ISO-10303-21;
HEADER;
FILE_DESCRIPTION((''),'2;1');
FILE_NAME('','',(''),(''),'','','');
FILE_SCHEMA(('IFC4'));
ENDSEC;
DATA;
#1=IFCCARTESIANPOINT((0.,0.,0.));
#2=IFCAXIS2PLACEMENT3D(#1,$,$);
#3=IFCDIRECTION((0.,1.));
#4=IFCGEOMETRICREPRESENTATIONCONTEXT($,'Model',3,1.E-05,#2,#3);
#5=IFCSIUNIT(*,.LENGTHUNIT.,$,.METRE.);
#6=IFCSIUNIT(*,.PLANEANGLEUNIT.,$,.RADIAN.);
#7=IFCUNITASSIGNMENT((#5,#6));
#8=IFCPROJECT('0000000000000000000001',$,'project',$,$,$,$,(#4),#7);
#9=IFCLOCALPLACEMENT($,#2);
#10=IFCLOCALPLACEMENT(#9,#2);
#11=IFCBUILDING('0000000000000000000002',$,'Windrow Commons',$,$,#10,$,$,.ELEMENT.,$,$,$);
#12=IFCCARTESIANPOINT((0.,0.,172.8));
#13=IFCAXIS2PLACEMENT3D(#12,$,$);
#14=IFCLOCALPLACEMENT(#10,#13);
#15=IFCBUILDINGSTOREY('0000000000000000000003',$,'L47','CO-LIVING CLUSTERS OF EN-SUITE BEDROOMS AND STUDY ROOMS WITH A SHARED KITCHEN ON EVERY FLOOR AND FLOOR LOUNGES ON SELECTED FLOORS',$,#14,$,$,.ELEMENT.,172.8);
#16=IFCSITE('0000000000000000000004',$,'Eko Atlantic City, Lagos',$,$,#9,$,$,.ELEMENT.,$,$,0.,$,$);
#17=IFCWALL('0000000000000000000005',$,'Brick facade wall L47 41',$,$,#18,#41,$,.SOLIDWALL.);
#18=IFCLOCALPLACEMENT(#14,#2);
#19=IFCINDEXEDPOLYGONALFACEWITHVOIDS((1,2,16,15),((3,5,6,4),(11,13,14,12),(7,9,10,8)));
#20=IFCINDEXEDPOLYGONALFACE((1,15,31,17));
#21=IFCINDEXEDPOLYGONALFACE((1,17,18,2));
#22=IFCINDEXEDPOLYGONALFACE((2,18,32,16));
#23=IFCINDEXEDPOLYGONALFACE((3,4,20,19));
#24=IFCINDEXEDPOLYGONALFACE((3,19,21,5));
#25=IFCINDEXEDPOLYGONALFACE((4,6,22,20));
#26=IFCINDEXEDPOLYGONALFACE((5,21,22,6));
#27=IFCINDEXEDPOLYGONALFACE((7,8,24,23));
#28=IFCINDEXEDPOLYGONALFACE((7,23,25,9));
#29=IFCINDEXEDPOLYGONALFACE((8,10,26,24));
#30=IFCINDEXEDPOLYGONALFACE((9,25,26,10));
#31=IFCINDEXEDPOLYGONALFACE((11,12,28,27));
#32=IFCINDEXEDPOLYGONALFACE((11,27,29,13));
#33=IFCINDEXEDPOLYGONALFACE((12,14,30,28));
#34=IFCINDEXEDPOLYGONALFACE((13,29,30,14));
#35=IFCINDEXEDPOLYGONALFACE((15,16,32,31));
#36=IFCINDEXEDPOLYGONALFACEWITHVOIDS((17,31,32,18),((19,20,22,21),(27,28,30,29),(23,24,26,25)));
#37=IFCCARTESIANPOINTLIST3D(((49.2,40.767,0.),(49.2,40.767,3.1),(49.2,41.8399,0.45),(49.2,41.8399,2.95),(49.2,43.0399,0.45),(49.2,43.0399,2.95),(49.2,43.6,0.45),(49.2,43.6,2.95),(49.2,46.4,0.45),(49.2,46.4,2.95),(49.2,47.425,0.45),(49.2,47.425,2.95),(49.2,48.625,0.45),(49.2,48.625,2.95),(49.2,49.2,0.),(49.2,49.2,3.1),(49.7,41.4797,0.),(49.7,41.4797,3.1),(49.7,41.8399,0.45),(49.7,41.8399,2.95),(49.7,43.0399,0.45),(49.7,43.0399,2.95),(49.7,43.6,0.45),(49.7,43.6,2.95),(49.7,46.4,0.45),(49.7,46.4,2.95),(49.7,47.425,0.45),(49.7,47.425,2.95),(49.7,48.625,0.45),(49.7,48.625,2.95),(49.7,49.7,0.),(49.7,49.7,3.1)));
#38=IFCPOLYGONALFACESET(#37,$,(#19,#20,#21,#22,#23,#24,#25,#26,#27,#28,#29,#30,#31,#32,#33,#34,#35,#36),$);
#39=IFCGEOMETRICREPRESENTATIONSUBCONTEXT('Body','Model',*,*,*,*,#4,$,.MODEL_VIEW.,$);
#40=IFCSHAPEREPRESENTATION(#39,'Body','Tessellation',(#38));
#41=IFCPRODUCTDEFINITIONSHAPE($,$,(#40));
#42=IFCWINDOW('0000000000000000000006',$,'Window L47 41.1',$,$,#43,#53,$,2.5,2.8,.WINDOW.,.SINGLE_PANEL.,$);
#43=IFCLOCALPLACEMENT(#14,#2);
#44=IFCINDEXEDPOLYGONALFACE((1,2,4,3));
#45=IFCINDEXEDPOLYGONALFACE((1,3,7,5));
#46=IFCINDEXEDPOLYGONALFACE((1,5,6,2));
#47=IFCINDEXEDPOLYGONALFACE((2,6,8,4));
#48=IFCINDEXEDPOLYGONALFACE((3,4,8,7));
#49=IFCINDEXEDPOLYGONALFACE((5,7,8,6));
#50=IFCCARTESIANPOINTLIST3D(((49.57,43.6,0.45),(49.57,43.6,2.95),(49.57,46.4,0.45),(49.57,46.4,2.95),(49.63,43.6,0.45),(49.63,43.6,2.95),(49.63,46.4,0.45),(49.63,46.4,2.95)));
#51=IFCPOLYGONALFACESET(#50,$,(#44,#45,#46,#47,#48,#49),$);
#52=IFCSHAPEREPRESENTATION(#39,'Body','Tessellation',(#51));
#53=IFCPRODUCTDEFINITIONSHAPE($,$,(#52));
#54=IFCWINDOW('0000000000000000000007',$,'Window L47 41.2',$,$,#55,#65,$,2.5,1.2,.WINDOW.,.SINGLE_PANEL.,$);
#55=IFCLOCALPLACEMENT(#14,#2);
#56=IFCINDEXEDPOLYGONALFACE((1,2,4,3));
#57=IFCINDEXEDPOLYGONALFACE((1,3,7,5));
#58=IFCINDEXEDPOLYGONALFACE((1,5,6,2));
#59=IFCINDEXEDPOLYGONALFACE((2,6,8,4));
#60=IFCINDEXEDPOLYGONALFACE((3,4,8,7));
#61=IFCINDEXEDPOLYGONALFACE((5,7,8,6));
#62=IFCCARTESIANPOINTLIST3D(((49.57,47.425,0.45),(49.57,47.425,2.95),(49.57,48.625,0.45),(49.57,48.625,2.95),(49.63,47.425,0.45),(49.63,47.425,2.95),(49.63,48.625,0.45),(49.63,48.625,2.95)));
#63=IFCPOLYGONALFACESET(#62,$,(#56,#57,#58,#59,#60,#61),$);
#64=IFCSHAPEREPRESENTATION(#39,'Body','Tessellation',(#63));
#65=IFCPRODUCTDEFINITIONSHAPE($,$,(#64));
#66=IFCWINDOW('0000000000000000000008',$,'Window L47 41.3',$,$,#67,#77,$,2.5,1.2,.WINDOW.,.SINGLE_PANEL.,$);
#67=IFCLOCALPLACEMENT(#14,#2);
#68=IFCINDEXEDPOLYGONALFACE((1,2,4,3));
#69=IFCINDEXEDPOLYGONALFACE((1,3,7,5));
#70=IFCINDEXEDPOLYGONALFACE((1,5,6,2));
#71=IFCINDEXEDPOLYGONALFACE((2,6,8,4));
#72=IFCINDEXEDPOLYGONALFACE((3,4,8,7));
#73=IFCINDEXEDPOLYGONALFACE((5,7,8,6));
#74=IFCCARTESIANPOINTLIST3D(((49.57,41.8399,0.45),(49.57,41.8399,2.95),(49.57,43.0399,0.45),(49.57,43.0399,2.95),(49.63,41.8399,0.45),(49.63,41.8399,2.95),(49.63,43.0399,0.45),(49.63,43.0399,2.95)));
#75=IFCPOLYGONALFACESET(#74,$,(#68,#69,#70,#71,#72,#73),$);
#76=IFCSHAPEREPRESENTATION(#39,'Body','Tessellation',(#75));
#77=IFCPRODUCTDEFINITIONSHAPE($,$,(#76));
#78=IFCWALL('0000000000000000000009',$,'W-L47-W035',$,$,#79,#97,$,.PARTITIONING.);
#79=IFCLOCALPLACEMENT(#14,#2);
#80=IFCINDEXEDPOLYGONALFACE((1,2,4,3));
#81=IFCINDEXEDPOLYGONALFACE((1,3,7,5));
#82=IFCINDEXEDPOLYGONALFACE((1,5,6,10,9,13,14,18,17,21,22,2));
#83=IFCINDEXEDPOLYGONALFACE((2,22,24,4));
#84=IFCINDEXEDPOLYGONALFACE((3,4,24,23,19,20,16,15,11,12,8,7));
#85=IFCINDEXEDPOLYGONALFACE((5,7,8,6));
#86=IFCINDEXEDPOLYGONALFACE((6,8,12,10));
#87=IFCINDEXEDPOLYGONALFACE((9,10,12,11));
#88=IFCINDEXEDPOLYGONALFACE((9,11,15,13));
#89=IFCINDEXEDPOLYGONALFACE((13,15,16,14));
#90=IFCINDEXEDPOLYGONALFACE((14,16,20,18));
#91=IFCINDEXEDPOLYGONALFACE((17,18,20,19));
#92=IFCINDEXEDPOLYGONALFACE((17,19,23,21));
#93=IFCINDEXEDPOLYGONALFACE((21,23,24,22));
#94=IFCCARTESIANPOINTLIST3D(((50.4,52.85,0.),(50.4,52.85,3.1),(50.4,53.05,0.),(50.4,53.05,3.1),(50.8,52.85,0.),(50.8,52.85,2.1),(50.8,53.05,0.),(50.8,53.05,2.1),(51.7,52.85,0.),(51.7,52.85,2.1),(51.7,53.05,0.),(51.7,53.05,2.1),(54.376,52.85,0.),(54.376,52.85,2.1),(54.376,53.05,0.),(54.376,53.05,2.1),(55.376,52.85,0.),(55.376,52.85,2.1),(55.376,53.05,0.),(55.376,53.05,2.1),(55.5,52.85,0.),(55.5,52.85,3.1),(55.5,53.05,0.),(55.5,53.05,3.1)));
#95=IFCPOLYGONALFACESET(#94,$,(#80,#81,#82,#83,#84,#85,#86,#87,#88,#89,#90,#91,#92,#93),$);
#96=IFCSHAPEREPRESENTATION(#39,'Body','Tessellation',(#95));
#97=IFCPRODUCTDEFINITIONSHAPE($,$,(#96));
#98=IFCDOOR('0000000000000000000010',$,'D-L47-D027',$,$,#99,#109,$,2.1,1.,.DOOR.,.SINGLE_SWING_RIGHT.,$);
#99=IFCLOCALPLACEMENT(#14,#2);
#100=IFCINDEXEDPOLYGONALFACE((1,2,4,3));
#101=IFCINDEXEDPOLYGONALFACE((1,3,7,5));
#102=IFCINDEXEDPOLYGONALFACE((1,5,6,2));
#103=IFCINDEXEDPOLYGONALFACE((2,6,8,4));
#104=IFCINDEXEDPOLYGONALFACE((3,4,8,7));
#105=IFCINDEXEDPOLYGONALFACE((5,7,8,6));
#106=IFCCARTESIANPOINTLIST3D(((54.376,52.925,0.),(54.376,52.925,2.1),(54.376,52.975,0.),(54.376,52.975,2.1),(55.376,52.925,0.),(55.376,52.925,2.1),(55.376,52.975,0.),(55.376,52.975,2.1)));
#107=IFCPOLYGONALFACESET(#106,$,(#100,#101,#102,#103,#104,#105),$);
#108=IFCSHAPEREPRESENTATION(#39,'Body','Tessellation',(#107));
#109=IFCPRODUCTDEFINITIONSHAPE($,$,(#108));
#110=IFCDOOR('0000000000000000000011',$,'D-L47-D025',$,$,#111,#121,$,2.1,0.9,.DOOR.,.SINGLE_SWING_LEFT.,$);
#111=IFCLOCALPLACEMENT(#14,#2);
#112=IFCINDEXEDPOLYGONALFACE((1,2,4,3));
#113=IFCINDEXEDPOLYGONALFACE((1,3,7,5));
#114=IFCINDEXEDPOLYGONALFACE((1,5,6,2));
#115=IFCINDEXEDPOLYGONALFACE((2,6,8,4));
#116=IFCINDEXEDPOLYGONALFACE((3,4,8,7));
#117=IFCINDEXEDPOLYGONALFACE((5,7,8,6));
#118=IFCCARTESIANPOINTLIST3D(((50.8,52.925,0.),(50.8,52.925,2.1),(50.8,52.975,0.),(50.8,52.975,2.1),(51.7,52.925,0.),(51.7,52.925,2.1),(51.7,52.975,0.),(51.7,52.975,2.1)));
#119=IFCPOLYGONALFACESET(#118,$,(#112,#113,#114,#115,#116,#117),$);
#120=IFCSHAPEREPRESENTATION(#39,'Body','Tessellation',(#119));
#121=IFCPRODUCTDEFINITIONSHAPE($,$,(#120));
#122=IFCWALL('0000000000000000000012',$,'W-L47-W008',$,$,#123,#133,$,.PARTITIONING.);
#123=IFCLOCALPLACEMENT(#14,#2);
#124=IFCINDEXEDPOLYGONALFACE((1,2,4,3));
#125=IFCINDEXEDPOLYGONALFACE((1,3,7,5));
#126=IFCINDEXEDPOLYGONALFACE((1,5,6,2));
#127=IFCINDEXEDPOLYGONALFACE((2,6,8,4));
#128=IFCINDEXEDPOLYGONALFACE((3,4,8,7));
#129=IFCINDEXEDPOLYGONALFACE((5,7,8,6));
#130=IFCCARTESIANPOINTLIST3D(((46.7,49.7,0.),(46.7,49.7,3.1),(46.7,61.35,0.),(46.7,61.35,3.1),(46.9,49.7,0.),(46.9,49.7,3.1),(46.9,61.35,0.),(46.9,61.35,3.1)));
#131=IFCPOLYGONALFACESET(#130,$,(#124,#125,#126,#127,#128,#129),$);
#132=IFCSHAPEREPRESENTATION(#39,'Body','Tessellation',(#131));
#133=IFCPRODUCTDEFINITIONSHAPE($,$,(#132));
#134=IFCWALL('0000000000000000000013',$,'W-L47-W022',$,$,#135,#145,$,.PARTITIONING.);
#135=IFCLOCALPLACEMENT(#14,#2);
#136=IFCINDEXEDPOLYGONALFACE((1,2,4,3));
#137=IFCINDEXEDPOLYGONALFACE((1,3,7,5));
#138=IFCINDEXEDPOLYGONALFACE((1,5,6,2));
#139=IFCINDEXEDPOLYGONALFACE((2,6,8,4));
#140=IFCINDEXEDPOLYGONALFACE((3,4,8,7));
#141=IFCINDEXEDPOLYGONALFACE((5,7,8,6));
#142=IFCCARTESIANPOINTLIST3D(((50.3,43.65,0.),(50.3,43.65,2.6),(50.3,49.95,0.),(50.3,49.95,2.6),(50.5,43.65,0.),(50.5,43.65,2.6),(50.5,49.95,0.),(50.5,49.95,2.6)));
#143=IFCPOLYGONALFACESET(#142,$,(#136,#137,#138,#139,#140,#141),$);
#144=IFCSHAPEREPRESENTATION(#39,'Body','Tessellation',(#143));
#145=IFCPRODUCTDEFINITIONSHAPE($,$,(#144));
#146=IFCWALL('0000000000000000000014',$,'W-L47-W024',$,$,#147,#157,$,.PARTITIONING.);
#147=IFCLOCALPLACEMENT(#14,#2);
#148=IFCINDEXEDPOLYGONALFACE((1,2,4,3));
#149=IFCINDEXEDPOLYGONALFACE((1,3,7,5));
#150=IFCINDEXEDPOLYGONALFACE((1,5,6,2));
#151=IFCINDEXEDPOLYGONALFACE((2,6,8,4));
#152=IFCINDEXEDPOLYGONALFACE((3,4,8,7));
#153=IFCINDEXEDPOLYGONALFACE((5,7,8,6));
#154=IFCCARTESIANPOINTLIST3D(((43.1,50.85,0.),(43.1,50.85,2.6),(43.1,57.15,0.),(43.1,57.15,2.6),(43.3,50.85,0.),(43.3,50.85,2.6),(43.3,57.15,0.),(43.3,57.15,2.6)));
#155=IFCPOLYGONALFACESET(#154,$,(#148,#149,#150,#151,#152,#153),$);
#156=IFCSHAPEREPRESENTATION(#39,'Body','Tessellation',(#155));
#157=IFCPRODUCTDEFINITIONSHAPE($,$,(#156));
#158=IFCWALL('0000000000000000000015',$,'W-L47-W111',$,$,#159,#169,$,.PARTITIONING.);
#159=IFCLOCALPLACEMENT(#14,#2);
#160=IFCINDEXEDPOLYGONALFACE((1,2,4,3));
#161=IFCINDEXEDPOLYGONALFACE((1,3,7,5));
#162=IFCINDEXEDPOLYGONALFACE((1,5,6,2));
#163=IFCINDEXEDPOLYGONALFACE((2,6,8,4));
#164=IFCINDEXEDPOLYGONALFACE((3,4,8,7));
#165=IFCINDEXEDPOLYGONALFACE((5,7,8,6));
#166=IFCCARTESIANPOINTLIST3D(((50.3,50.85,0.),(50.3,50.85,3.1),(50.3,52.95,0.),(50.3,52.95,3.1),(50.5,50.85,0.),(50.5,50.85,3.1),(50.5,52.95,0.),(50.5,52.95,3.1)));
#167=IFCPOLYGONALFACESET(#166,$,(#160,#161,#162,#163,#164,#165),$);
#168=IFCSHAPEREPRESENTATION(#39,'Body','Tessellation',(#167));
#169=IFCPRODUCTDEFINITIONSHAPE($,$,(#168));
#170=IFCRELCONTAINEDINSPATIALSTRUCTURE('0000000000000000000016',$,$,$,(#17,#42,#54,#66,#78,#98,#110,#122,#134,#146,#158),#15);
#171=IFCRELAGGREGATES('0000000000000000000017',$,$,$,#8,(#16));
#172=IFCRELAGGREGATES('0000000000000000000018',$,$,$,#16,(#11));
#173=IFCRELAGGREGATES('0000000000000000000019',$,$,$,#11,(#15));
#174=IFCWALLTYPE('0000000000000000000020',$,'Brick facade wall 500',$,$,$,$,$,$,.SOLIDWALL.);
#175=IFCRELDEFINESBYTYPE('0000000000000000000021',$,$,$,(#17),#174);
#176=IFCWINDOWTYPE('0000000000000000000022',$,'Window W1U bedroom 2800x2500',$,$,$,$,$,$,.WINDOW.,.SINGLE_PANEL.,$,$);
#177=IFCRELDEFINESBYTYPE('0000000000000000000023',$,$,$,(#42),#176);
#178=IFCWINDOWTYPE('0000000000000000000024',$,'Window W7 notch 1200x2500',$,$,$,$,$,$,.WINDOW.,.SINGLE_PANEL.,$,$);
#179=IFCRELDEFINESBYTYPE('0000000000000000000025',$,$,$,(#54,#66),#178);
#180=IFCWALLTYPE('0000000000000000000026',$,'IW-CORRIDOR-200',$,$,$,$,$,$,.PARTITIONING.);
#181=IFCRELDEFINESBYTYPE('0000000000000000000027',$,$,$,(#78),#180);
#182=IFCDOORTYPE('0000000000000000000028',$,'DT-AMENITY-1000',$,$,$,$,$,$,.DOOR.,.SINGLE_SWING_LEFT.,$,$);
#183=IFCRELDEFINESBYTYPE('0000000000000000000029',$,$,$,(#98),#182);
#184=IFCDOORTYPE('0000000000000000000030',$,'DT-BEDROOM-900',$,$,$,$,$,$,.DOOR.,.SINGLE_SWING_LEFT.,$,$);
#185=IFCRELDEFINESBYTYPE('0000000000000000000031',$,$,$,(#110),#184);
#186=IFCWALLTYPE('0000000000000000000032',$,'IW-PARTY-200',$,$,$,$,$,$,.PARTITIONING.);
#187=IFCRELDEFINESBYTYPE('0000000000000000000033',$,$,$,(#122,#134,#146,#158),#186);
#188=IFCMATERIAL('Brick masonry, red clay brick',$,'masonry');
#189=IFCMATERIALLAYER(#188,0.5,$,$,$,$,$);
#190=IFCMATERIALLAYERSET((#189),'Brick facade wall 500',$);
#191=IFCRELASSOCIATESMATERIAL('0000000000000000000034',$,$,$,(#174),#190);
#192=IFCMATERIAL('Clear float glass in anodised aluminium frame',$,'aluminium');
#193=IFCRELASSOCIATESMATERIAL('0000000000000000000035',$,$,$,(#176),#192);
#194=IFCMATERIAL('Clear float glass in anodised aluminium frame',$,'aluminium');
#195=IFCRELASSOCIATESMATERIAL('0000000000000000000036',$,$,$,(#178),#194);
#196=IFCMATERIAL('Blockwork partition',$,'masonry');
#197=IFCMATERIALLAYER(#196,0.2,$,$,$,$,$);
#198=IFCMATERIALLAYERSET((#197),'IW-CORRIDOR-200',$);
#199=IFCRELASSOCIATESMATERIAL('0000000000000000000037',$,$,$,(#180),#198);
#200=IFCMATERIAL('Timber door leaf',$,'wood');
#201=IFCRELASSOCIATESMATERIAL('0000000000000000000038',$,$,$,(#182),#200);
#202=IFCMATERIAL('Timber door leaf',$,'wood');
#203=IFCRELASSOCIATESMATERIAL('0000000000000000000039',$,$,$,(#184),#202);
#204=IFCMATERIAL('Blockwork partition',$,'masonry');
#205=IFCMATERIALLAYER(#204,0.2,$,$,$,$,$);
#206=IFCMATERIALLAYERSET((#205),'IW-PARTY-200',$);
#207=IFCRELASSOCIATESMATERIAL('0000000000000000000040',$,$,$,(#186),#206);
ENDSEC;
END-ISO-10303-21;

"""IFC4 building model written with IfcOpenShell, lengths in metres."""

from ifc_helpers import new_model, si_unit, direction, frame, frame_2d, origin, place, context, subcontext, project, spatial, polyline, rectangle, outline, extrude, material, layer, layer_set, type_object, element, fill, save


model = new_model("IFC4")

# Units and contexts
model_context = context("Model", 3, precision=1e-05, world=origin(), true_north=direction((0.0, 1.0)))
body_context = subcontext(model_context, "Body", "Model", "MODEL_VIEW")
ifc_project = project(units=[si_unit("LENGTHUNIT", "METRE"), si_unit("PLANEANGLEUNIT", "RADIAN")], contexts=[model_context])

# Site, building, storey
site_placement = place(None, origin())
site = spatial("IfcSite", under=ifc_project, at=site_placement, Name="Eko Atlantic City, Lagos", CompositionType="ELEMENT", RefElevation=0.0)
building_placement = place(site_placement, origin())
building = spatial("IfcBuilding", under=site, at=building_placement, Name="Windrow Commons", CompositionType="ELEMENT")
storey_placement = place(building_placement, frame((0.0, 0.0, 172.8)))
storey = spatial("IfcBuildingStorey", under=building, at=storey_placement, Name="L47", Description="CO-LIVING CLUSTERS OF EN-SUITE BEDROOMS AND STUDY ROOMS WITH A SHARED KITCHEN ON EVERY FLOOR AND FLOOR LOUNGES ON SELECTED FLOORS", CompositionType="ELEMENT", Elevation=172.8)

# Wall, openings, windows
ifc_material_1 = material(Name="Brick masonry, red clay brick", Category="masonry")
ifc_layer_1 = layer(ifc_material_1, 0.5)
ifc_layer_set_1 = layer_set([ifc_layer_1], Name="Brick facade wall 500")
wall_type_1 = type_object("IfcWallType", Name="Brick facade wall 500", PredefinedType="SOLIDWALL", material=ifc_layer_set_1)
ifc_material_2 = material(Name="Clear float glass in anodised aluminium frame", Category="aluminium")
window_type_1 = type_object("IfcWindowType", Name="Window W1U bedroom 2800x2500", PartitioningType="SINGLE_PANEL", PredefinedType="WINDOW", material=ifc_material_2)
ifc_material_3 = material(Name="Clear float glass in anodised aluminium frame", Category="aluminium")
window_type_2 = type_object("IfcWindowType", Name="Window W7 notch 1200x2500", PartitioningType="SINGLE_PANEL", PredefinedType="WINDOW", material=ifc_material_3)
wall_1_placement = place(storey_placement, frame((49.45, 49.45, 0.0), z_axis=(0.0, 0.0, 1.0), x_axis=(0.0, -1.0, 0.0)))
wall_1 = element("IfcWall", 1, at=wall_1_placement, inside=storey, type_object=wall_type_1, Name="Brick facade wall L47 41", PredefinedType="SOLIDWALL", context=body_context, shape_type="SweptSolid", body=[
    extrude(outline(polyline([(0.25, -0.25), (8.683, -0.25), (7.9703, 0.25), (-0.25, 0.25), (0.25, -0.25)])), origin(), (0.0, 0.0, 1.0), 3.1),
])
opening_1_placement = place(wall_1_placement, frame((3.05, 0.0, 0.45)))
opening_1 = element("IfcOpeningElement", 2, at=opening_1_placement, cuts=wall_1, PredefinedType="OPENING", context=body_context, shape_type="SweptSolid", body=[
    extrude(rectangle(XDim=2.8, YDim=2.5, at=frame_2d((1.4, 1.25))), frame((0.0, 0.26, 0.0), z_axis=(0.0, -1.0, 0.0), x_axis=(1.0, 0.0, 0.0)), (0.0, 0.0, 1.0), 0.52),
])
opening_2_placement = place(wall_1_placement, frame((0.825, 0.0, 0.45)))
opening_2 = element("IfcOpeningElement", 3, at=opening_2_placement, cuts=wall_1, PredefinedType="OPENING", context=body_context, shape_type="SweptSolid", body=[
    extrude(rectangle(XDim=1.2, YDim=2.5, at=frame_2d((0.6, 1.25))), frame((0.0, 0.26, 0.0), z_axis=(0.0, -1.0, 0.0), x_axis=(1.0, 0.0, 0.0)), (0.0, 0.0, 1.0), 0.52),
])
opening_3_placement = place(wall_1_placement, frame((6.4101, 0.0, 0.45)))
opening_3 = element("IfcOpeningElement", 4, at=opening_3_placement, cuts=wall_1, PredefinedType="OPENING", context=body_context, shape_type="SweptSolid", body=[
    extrude(rectangle(XDim=1.2, YDim=2.5, at=frame_2d((0.6, 1.25))), frame((0.0, 0.26, 0.0), z_axis=(0.0, -1.0, 0.0), x_axis=(1.0, 0.0, 0.0)), (0.0, 0.0, 1.0), 0.52),
])
window_1_placement = place(opening_1_placement, origin())
window_1 = element("IfcWindow", 5, at=window_1_placement, inside=storey, type_object=window_type_1, Name="Window L47 41.1", OverallHeight=2.5, OverallWidth=2.8, PartitioningType="SINGLE_PANEL", PredefinedType="WINDOW", context=body_context, shape_type="SweptSolid", body=[
    extrude(rectangle(XDim=2.8, YDim=2.5, at=frame_2d((1.4, 1.25))), frame((0.0, 0.18, 0.0), z_axis=(0.0, -1.0, 0.0), x_axis=(1.0, 0.0, 0.0)), (0.0, 0.0, 1.0), 0.06),
])
fill(opening_1, window_1)
window_2_placement = place(opening_2_placement, origin())
window_2 = element("IfcWindow", 6, at=window_2_placement, inside=storey, type_object=window_type_2, Name="Window L47 41.2", OverallHeight=2.5, OverallWidth=1.2, PartitioningType="SINGLE_PANEL", PredefinedType="WINDOW", context=body_context, shape_type="SweptSolid", body=[
    extrude(rectangle(XDim=1.2, YDim=2.5, at=frame_2d((0.6, 1.25))), frame((0.0, 0.18, 0.0), z_axis=(0.0, -1.0, 0.0), x_axis=(1.0, 0.0, 0.0)), (0.0, 0.0, 1.0), 0.06),
])
fill(opening_2, window_2)
window_3_placement = place(opening_3_placement, origin())
window_3 = element("IfcWindow", 7, at=window_3_placement, inside=storey, type_object=window_type_2, Name="Window L47 41.3", OverallHeight=2.5, OverallWidth=1.2, PartitioningType="SINGLE_PANEL", PredefinedType="WINDOW", context=body_context, shape_type="SweptSolid", body=[
    extrude(rectangle(XDim=1.2, YDim=2.5, at=frame_2d((0.6, 1.25))), frame((0.0, 0.18, 0.0), z_axis=(0.0, -1.0, 0.0), x_axis=(1.0, 0.0, 0.0)), (0.0, 0.0, 1.0), 0.06),
])
fill(opening_3, window_3)

# Wall, openings, doors
ifc_material_4 = material(Name="Blockwork partition", Category="masonry")
ifc_layer_2 = layer(ifc_material_4, 0.2)
ifc_layer_set_2 = layer_set([ifc_layer_2], Name="IW-CORRIDOR-200")
wall_type_2 = type_object("IfcWallType", Name="IW-CORRIDOR-200", PredefinedType="PARTITIONING", material=ifc_layer_set_2)
wall_2_placement = place(storey_placement, frame((50.4, 52.95, 0.0), z_axis=(0.0, 0.0, 1.0), x_axis=(1.0, 0.0, 0.0)))
wall_2 = element("IfcWall", 8, at=wall_2_placement, inside=storey, type_object=wall_type_2, Name="W-L47-W035", PredefinedType="PARTITIONING", context=body_context, shape_type="SweptSolid", body=[
    extrude(rectangle(XDim=5.1, YDim=0.2, at=frame_2d((2.55, 0.0))), origin(), (0.0, 0.0, 1.0), 3.1),
])
opening_4_placement = place(wall_2_placement, frame((0.4, 0.0, 0.0)))
opening_4 = element("IfcOpeningElement", 9, at=opening_4_placement, cuts=wall_2, PredefinedType="OPENING", context=body_context, shape_type="SweptSolid", body=[
    extrude(rectangle(XDim=0.9, YDim=2.1, at=frame_2d((0.45, 1.05))), frame((0.0, 0.11, 0.0), z_axis=(0.0, -1.0, 0.0), x_axis=(1.0, 0.0, 0.0)), (0.0, 0.0, 1.0), 0.22),
])
opening_5_placement = place(wall_2_placement, frame((3.976, 0.0, 0.0)))
opening_5 = element("IfcOpeningElement", 10, at=opening_5_placement, cuts=wall_2, PredefinedType="OPENING", context=body_context, shape_type="SweptSolid", body=[
    extrude(rectangle(XDim=1.0, YDim=2.1, at=frame_2d((0.5, 1.05))), frame((0.0, 0.11, 0.0), z_axis=(0.0, -1.0, 0.0), x_axis=(1.0, 0.0, 0.0)), (0.0, 0.0, 1.0), 0.22),
])
ifc_material_5 = material(Name="Timber door leaf", Category="wood")
door_type_1 = type_object("IfcDoorType", Name="DT-AMENITY-1000", OperationType="SINGLE_SWING_LEFT", PredefinedType="DOOR", material=ifc_material_5)
door_1_placement = place(opening_5_placement, origin())
door_1 = element("IfcDoor", 11, at=door_1_placement, inside=storey, type_object=door_type_1, Name="D-L47-D027", OperationType="SINGLE_SWING_RIGHT", OverallHeight=2.1, OverallWidth=1.0, PredefinedType="DOOR", context=body_context, shape_type="SweptSolid", body=[
    extrude(rectangle(XDim=1.0, YDim=2.1, at=frame_2d((0.5, 1.05))), frame((0.0, 0.025, 0.0), z_axis=(0.0, -1.0, 0.0), x_axis=(1.0, 0.0, 0.0)), (0.0, 0.0, 1.0), 0.05),
])
fill(opening_5, door_1)
ifc_material_6 = material(Name="Timber door leaf", Category="wood")
door_type_2 = type_object("IfcDoorType", Name="DT-BEDROOM-900", OperationType="SINGLE_SWING_LEFT", PredefinedType="DOOR", material=ifc_material_6)
door_2_placement = place(opening_4_placement, origin())
door_2 = element("IfcDoor", 12, at=door_2_placement, inside=storey, type_object=door_type_2, Name="D-L47-D025", OperationType="SINGLE_SWING_LEFT", OverallHeight=2.1, OverallWidth=0.9, PredefinedType="DOOR", context=body_context, shape_type="SweptSolid", body=[
    extrude(rectangle(XDim=0.9, YDim=2.1, at=frame_2d((0.45, 1.05))), frame((0.0, 0.025, 0.0), z_axis=(0.0, -1.0, 0.0), x_axis=(1.0, 0.0, 0.0)), (0.0, 0.0, 1.0), 0.05),
])
fill(opening_4, door_2)

# Walls
ifc_material_7 = material(Name="Blockwork partition", Category="masonry")
ifc_layer_3 = layer(ifc_material_7, 0.2)
ifc_layer_set_3 = layer_set([ifc_layer_3], Name="IW-PARTY-200")
wall_type_3 = type_object("IfcWallType", Name="IW-PARTY-200", PredefinedType="PARTITIONING", material=ifc_layer_set_3)
wall_3_placement = place(storey_placement, frame((46.8, 49.7, 0.0), z_axis=(0.0, 0.0, 1.0), x_axis=(0.0, 1.0, 0.0)))
element("IfcWall", 13, at=wall_3_placement, inside=storey, type_object=wall_type_3, Name="W-L47-W008", PredefinedType="PARTITIONING", context=body_context, shape_type="SweptSolid", body=[
    extrude(rectangle(XDim=11.65, YDim=0.2, at=frame_2d((5.825, 0.0))), origin(), (0.0, 0.0, 1.0), 3.1),
])
for number, where, z_axis, x_axis, name in (
    (14, (50.4, 43.65, 0.0), (0.0, 0.0, 1.0), (0.0, 1.0, 0.0), "W-L47-W022"),
    (15, (43.2, 50.85, 0.0), (0.0, 0.0, 1.0), (0.0, 1.0, 0.0), "W-L47-W024"),
):
    element("IfcWall", number, at=place(storey_placement, frame(where, z_axis=z_axis, x_axis=x_axis)), inside=storey, type_object=wall_type_3, Name=name, PredefinedType="PARTITIONING", context=body_context, shape_type="SweptSolid", body=[
        extrude(rectangle(XDim=6.3, YDim=0.2, at=frame_2d((3.15, 0.0))), origin(), (0.0, 0.0, 1.0), 2.6),
    ])
wall_4_placement = place(storey_placement, frame((50.4, 50.85, 0.0), z_axis=(0.0, 0.0, 1.0), x_axis=(0.0, 1.0, 0.0)))
element("IfcWall", 16, at=wall_4_placement, inside=storey, type_object=wall_type_3, Name="W-L47-W111", PredefinedType="PARTITIONING", context=body_context, shape_type="SweptSolid", body=[
    extrude(rectangle(XDim=2.1, YDim=0.2, at=frame_2d((1.05, 0.0))), origin(), (0.0, 0.0, 1.0), 3.1),
])

save(model, "model.ifc")
